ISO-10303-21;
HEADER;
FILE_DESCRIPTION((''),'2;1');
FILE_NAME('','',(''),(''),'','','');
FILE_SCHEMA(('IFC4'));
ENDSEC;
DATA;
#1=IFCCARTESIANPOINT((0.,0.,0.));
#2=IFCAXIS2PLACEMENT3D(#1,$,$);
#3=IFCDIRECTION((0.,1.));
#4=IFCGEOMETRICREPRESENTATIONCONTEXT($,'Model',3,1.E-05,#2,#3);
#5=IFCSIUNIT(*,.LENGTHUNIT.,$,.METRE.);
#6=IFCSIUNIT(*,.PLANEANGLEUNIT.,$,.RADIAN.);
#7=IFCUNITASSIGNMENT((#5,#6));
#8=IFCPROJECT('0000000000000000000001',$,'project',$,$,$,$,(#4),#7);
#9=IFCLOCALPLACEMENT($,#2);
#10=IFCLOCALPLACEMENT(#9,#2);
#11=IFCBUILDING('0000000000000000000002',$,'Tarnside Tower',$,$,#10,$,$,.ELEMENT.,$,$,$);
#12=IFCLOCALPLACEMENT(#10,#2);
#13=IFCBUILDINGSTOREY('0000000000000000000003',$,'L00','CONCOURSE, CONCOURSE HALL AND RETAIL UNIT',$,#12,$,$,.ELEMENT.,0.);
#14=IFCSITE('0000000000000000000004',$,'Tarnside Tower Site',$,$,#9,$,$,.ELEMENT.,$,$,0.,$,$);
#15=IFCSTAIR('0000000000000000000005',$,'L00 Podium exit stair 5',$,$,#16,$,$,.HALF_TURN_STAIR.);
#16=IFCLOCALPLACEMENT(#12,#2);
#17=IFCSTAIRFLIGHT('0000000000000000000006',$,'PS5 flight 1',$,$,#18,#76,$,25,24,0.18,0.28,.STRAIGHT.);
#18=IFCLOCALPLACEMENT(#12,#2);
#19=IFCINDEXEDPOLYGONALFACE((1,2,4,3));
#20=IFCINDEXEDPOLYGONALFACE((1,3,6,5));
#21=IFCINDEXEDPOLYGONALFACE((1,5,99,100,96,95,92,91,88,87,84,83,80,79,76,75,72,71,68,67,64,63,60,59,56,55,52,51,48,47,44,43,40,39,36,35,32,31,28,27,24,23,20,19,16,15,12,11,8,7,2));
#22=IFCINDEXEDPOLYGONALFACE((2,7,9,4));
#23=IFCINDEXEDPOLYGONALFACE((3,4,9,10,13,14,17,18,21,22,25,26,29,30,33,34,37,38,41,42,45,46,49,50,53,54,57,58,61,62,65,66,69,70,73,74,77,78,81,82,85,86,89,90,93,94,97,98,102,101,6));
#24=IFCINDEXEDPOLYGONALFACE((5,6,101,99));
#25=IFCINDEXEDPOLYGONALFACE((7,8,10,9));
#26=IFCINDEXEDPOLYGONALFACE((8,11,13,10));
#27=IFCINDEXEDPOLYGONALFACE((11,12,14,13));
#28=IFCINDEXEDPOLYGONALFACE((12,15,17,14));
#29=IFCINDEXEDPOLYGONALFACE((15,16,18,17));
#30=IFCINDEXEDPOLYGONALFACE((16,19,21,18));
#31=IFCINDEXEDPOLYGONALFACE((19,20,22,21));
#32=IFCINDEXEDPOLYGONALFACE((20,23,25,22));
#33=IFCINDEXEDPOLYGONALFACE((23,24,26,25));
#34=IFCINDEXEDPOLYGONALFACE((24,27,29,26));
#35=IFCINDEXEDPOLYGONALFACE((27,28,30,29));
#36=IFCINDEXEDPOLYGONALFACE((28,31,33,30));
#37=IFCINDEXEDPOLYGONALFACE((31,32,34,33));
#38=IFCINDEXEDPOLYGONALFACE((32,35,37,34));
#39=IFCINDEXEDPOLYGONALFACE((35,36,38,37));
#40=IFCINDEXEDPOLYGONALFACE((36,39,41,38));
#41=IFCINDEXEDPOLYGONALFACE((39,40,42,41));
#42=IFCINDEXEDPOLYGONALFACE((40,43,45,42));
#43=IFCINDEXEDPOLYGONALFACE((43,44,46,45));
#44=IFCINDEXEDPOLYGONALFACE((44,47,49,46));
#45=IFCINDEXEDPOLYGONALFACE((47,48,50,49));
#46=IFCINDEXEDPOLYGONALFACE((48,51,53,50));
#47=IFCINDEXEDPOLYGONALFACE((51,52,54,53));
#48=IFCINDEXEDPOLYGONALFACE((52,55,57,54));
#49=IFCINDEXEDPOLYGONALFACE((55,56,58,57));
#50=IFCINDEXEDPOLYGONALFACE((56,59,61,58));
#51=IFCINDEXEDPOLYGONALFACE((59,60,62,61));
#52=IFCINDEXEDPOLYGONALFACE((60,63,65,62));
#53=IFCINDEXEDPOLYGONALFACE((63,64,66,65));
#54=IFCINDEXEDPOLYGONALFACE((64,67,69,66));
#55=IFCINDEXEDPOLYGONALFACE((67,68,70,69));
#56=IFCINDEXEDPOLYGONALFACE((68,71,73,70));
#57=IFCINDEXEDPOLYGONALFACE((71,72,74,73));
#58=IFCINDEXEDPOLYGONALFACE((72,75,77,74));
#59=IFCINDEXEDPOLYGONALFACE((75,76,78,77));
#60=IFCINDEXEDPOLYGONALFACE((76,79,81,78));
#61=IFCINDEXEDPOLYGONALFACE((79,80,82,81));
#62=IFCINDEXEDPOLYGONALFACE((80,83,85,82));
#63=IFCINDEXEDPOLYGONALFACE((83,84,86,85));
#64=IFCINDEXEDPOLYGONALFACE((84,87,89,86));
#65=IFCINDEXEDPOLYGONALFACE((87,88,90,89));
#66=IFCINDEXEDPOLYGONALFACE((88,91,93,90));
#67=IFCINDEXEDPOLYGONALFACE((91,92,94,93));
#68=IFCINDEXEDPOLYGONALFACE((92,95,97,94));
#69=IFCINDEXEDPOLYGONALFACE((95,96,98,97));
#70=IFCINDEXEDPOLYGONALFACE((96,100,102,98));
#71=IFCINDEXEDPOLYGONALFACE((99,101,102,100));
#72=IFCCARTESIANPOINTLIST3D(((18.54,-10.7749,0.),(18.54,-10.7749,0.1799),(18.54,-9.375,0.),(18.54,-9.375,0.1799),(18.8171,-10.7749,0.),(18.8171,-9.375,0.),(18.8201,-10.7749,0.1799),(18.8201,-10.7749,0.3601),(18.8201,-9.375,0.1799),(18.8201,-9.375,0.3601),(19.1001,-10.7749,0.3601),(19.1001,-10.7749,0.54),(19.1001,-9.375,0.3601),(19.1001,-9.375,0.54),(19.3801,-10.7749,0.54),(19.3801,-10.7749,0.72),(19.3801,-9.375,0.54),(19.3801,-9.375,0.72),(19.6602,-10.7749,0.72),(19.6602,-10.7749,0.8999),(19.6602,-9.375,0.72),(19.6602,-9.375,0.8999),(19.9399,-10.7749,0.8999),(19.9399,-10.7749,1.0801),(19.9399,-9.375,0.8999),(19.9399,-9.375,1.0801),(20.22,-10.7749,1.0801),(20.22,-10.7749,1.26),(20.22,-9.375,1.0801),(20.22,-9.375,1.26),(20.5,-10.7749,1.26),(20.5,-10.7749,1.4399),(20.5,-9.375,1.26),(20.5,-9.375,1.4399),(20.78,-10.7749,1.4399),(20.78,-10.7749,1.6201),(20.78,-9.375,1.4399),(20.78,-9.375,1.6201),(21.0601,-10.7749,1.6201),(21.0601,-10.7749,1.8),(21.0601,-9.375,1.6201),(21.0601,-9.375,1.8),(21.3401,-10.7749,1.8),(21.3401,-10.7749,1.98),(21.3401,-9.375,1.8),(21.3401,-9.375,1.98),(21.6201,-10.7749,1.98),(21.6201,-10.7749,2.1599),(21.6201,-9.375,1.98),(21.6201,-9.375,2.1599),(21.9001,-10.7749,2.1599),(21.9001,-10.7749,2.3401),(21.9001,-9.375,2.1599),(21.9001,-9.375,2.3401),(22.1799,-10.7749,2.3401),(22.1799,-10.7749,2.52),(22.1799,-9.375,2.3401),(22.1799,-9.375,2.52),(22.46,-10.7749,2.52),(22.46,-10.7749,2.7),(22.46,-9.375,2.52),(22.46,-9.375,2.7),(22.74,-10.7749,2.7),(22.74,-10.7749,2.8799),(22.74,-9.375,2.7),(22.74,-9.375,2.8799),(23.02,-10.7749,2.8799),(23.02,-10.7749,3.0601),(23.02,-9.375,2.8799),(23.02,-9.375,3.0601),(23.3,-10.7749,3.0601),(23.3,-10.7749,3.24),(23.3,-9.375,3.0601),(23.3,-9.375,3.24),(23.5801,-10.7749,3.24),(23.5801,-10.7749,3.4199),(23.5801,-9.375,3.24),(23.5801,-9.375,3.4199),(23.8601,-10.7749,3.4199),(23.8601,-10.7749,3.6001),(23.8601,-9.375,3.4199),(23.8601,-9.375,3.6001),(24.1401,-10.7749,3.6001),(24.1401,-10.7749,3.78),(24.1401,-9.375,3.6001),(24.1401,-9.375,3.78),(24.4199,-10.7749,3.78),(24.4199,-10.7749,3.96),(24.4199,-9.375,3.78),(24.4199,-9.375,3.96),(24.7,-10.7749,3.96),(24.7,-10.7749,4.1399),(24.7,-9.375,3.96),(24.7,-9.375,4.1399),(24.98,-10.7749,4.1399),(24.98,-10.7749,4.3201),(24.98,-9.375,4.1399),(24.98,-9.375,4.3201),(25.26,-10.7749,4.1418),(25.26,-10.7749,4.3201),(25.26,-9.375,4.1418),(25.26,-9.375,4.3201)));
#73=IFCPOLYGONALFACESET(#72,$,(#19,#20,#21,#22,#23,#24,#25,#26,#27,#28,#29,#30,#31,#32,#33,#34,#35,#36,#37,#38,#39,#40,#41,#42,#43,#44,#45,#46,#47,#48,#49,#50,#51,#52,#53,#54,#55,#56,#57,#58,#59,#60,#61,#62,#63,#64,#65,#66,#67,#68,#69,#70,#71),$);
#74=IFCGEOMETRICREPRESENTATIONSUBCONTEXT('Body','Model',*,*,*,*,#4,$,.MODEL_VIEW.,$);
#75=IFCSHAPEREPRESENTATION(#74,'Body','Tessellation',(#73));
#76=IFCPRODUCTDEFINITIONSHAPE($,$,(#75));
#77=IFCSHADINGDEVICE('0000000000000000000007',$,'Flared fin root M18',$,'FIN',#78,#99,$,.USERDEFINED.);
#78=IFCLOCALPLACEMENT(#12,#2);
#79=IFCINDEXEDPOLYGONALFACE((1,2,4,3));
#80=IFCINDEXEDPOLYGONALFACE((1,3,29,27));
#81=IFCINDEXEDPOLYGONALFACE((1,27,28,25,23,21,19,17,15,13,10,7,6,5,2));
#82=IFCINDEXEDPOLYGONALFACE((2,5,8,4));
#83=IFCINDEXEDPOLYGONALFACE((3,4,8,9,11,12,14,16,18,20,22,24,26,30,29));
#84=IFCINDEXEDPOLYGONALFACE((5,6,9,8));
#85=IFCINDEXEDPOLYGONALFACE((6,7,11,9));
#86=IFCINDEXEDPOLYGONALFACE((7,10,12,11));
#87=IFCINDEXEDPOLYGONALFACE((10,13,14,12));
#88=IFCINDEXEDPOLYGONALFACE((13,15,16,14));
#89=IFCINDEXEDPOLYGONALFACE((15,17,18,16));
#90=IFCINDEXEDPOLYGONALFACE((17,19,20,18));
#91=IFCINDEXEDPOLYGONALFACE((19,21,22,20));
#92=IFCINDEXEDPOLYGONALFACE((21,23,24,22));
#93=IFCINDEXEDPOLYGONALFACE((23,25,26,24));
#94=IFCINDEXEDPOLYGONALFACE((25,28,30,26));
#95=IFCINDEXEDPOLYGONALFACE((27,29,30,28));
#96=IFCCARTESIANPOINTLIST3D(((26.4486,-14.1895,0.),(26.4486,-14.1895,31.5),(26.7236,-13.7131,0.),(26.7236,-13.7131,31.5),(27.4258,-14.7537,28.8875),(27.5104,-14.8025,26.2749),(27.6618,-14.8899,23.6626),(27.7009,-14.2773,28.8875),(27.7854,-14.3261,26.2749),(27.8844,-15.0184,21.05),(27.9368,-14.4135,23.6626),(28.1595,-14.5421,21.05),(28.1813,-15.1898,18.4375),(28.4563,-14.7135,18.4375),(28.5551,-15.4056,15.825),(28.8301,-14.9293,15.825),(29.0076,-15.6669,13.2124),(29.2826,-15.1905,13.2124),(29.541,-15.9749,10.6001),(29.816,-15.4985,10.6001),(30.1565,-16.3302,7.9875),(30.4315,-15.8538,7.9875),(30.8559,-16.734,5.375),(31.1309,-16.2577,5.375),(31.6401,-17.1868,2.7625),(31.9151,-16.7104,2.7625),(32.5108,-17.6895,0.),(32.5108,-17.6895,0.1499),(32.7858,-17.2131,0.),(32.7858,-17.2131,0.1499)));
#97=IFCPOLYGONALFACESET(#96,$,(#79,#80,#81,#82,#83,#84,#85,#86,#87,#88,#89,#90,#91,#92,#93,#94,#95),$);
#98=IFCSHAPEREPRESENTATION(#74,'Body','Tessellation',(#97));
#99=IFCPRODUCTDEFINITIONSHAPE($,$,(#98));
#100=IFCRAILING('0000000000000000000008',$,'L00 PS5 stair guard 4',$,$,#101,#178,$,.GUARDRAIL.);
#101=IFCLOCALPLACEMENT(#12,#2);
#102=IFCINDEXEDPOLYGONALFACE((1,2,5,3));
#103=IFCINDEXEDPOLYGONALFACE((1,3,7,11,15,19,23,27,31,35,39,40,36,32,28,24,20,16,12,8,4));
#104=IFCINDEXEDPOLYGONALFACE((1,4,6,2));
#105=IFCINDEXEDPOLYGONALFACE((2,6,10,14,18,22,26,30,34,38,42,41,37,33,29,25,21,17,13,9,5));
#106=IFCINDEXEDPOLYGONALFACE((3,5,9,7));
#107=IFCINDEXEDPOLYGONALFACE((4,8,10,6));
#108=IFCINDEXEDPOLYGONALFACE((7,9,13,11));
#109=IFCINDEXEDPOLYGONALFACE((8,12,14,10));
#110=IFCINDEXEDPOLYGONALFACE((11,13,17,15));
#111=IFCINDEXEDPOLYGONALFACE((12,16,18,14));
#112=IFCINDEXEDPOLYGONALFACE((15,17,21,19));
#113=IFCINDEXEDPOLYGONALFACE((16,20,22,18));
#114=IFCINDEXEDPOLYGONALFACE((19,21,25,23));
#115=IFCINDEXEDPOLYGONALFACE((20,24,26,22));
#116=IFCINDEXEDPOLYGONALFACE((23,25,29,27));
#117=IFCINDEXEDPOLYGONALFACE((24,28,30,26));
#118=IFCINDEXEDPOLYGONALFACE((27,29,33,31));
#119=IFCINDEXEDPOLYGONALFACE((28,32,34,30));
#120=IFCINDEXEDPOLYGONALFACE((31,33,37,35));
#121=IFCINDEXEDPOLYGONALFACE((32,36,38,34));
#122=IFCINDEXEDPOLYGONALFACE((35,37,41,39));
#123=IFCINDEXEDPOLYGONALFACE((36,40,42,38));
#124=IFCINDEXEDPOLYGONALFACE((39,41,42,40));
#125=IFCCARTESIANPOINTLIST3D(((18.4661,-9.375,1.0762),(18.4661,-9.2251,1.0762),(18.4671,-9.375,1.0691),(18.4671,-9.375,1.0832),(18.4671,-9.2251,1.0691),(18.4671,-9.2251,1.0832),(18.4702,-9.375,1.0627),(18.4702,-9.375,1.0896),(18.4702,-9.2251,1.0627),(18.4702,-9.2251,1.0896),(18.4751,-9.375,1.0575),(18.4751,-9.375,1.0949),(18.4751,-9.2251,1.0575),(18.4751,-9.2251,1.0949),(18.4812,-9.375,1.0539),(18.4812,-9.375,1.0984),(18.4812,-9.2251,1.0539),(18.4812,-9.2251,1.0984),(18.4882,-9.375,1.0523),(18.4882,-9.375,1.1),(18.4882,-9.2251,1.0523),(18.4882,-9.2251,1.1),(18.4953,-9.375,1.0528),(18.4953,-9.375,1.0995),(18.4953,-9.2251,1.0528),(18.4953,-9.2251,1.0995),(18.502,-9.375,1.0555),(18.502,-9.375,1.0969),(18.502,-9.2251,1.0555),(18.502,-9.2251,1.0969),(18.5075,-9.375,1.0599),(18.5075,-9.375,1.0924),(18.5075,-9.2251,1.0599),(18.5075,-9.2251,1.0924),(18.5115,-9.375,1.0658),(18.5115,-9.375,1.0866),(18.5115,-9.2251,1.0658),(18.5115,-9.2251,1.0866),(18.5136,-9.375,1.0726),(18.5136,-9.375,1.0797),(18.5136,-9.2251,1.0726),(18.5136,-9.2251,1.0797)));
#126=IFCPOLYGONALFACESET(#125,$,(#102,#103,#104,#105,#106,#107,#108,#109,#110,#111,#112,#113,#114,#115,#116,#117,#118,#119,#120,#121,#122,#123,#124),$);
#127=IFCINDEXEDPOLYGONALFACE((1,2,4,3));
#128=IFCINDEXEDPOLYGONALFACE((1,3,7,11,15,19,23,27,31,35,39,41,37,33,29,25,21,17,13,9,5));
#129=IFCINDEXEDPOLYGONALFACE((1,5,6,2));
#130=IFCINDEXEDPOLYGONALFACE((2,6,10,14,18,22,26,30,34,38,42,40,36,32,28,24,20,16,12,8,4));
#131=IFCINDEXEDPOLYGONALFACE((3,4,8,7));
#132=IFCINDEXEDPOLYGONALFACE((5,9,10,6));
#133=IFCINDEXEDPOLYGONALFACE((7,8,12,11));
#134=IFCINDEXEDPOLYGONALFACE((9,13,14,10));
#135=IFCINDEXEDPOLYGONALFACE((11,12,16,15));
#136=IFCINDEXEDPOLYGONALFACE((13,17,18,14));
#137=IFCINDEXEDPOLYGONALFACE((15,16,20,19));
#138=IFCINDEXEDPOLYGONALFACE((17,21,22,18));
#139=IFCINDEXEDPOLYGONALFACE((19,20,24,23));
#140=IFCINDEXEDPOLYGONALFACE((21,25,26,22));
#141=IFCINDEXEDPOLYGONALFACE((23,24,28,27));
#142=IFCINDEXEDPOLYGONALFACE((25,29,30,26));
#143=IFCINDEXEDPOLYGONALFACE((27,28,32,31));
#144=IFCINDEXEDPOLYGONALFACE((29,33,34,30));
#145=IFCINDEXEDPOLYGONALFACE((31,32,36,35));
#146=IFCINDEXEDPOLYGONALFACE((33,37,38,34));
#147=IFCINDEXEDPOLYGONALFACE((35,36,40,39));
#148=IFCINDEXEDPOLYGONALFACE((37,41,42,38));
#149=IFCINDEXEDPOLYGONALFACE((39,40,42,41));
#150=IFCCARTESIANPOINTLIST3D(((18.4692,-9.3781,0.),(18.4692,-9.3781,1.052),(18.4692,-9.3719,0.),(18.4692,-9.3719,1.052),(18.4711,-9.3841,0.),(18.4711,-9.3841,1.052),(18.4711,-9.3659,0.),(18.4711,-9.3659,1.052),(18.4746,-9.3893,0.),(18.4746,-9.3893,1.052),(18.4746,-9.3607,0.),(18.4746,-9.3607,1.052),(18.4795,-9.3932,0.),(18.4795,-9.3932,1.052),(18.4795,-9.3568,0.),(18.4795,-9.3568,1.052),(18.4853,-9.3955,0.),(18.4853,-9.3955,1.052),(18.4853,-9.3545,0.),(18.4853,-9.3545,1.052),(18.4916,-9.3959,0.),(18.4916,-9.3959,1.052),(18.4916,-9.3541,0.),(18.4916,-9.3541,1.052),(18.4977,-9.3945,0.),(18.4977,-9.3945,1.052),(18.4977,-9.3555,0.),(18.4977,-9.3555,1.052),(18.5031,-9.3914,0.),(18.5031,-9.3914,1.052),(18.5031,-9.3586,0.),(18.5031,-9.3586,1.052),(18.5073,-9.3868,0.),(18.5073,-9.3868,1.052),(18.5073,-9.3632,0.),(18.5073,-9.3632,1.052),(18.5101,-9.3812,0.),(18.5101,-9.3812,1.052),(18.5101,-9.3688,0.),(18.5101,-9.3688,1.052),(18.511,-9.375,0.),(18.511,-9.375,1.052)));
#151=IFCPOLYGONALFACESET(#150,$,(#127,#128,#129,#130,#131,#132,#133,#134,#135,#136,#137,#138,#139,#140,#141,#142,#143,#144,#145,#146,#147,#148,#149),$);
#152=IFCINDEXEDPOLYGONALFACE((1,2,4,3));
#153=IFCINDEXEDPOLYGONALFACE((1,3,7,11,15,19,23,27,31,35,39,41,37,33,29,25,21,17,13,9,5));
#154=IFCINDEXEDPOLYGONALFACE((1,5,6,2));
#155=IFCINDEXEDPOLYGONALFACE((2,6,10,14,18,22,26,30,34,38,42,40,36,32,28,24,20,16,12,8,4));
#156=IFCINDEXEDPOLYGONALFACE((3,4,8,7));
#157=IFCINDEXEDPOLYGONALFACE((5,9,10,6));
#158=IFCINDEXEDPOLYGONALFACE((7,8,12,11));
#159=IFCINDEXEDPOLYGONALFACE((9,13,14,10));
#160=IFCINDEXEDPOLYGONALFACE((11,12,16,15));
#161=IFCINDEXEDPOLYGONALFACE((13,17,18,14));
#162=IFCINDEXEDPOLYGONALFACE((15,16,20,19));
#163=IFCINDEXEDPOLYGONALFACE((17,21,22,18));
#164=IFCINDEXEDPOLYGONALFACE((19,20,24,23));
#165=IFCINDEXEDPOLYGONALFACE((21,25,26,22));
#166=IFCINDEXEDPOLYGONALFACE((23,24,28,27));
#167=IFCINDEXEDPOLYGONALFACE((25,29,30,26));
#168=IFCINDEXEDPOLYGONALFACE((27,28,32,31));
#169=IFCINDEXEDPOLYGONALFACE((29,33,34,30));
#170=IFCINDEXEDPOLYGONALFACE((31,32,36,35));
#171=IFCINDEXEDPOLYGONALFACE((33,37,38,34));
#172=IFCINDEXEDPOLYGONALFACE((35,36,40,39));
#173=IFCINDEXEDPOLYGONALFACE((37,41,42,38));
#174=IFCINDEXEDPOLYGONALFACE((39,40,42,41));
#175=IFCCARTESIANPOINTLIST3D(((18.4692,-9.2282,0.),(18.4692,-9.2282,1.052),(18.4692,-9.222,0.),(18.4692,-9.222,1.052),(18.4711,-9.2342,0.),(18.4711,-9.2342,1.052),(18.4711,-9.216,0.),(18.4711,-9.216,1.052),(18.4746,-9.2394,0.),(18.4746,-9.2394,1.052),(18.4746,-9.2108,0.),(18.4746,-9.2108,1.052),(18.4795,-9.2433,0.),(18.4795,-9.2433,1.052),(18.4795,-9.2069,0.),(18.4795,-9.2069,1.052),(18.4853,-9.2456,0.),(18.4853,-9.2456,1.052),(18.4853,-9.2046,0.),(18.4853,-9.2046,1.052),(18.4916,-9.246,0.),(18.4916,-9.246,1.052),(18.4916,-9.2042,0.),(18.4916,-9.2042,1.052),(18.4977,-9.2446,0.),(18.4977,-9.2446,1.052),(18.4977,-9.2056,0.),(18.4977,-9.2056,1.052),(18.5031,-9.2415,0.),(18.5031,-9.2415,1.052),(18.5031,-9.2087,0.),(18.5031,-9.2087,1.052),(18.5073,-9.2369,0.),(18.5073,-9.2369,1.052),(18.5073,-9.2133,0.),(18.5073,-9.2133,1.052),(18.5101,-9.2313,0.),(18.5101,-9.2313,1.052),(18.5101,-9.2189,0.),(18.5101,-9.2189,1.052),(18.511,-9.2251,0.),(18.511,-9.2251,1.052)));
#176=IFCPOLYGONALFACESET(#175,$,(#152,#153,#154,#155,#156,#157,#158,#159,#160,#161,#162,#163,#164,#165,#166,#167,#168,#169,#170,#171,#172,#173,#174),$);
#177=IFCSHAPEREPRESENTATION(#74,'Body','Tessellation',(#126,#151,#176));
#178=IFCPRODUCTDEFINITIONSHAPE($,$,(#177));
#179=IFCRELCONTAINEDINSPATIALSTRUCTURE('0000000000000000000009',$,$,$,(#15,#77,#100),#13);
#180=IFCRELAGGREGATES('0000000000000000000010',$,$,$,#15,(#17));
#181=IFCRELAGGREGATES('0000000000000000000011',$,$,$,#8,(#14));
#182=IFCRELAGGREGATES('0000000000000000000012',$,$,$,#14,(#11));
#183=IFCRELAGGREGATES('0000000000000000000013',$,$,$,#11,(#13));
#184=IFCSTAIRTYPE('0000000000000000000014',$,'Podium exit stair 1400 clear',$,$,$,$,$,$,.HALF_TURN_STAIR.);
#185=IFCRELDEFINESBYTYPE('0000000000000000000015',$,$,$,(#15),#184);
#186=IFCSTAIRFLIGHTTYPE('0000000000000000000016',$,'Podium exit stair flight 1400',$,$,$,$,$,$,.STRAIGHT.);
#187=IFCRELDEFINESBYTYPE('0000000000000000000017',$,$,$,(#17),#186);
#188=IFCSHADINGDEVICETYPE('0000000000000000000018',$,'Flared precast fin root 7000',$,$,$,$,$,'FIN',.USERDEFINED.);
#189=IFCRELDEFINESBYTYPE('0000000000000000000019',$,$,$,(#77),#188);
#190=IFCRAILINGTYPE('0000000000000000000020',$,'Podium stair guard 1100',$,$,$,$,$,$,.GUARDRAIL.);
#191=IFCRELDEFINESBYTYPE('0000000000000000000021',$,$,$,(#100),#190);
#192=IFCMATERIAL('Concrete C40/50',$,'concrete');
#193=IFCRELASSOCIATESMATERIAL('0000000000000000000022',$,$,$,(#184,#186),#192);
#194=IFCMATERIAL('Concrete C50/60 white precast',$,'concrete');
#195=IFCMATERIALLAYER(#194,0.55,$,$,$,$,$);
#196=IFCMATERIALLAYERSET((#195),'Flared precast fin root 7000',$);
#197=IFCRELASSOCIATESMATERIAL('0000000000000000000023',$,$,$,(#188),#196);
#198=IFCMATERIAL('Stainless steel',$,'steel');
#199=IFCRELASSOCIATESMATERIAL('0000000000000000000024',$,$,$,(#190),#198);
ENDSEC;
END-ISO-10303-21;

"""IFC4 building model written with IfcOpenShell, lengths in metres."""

from ifc_helpers import new_model, si_unit, direction, frame, origin, origin_2d, place, context, subcontext, project, spatial, polyline, circle, outline, extrude, material, layer, layer_set, type_object, element, aggregate, save


model = new_model("IFC4")

# Units and contexts
model_context = context("Model", 3, precision=1e-05, world=origin(), true_north=direction((0.0, 1.0)))
body_context = subcontext(model_context, "Body", "Model", "MODEL_VIEW")
ifc_project = project(units=[si_unit("LENGTHUNIT", "METRE"), si_unit("PLANEANGLEUNIT", "RADIAN")], contexts=[model_context])

# Site, building, storey
site_placement = place(None, origin())
site = spatial("IfcSite", under=ifc_project, at=site_placement, Name="Tarnside Tower Site", CompositionType="ELEMENT", RefElevation=0.0)
building_placement = place(site_placement, origin())
building = spatial("IfcBuilding", under=site, at=building_placement, Name="Tarnside Tower", CompositionType="ELEMENT")
storey_placement = place(building_placement, origin())
storey = spatial("IfcBuildingStorey", under=building, at=storey_placement, Name="L00", Description="CONCOURSE, CONCOURSE HALL AND RETAIL UNIT", CompositionType="ELEMENT", Elevation=0.0)

# Shared definitions
ifc_material_1 = material(Name="Concrete C50/60 white precast", Category="concrete")

# Stair, stair flight
ifc_material_2 = material(Name="Concrete C40/50", Category="concrete")
stair_type = type_object("IfcStairType", Name="Podium exit stair 1400 clear", PredefinedType="HALF_TURN_STAIR", material=ifc_material_2)
stair_placement = place(storey_placement, origin())
stair = element("IfcStair", 1, at=stair_placement, inside=storey, type_object=stair_type, Name="L00 Podium exit stair 5", PredefinedType="HALF_TURN_STAIR")
stair_flight_type = type_object("IfcStairFlightType", Name="Podium exit stair flight 1400", PredefinedType="STRAIGHT", material=ifc_material_2)
stair_flight_placement = place(storey_placement, frame((18.54, -10.075, 0.0), z_axis=(0.0, 0.0, 1.0), x_axis=(1.0, 0.0, 0.0)))
stair_flight = element("IfcStairFlight", 2, at=stair_flight_placement, type_object=stair_flight_type, Name="PS5 flight 1", NumberOfRisers=25, NumberOfTreads=24, PredefinedType="STRAIGHT", RiserHeight=0.18, TreadLength=0.28, context=body_context, shape_type="SweptSolid", body=[
    extrude(outline(polyline([(0.0, 0.0), (0.0, 0.1799), (0.28, 0.1799), (0.28, 0.3601), (0.5601, 0.3601), (0.5601, 0.54), (0.8401, 0.54), (0.8401, 0.72), (1.1201, 0.72), (1.1201, 0.8999), (1.3999, 0.8999), (1.3999, 1.0801), (1.6799, 1.0801), (1.6799, 1.26), (1.96, 1.26), (1.96, 1.4399), (2.24, 1.4399), (2.24, 1.6201), (2.52, 1.6201), (2.52, 1.8), (2.8, 1.8), (2.8, 1.98), (3.0801, 1.98), (3.0801, 2.1599), (3.3601, 2.1599), (3.3601, 2.3401), (3.6399, 2.3401), (3.6399, 2.52), (3.9199, 2.52), (3.9199, 2.7), (4.2, 2.7), (4.2, 2.8799), (4.48, 2.8799), (4.48, 3.0601), (4.76, 3.0601), (4.76, 3.24), (5.04, 3.24), (5.04, 3.4199), (5.3201, 3.4199), (5.3201, 3.6001), (5.6001, 3.6001), (5.6001, 3.78), (5.8799, 3.78), (5.8799, 3.96), (6.1599, 3.96), (6.1599, 4.1399), (6.4399, 4.1399), (6.4399, 4.3201), (6.72, 4.3201), (6.72, 4.5), (6.72, 4.1418), (0.2771, 0.0), (0.0, 0.0)])), frame((0.0, 0.7, 0.0), z_axis=(0.0, -1.0, 0.0), x_axis=(1.0, 0.0, 0.0)), (0.0, 0.0, 1.0), 1.3999),
])
aggregate(stair, [stair_flight])

# Shading device
ifc_layer_1 = layer(ifc_material_1, 0.55)
ifc_layer_set_1 = layer_set([ifc_layer_1], Name="Flared precast fin root 7000")
shading_device_type = type_object("IfcShadingDeviceType", Name="Flared precast fin root 7000", ElementType="FIN", PredefinedType="USERDEFINED", material=ifc_layer_set_1)
shading_device_placement = place(storey_placement, frame((26.5862, -13.9512, 0.0), z_axis=(-0.5, -0.866025, 0.0), x_axis=(0.866025, -0.5, 0.0)))
element("IfcShadingDevice", 3, at=shading_device_placement, inside=storey, type_object=shading_device_type, Name="Flared fin root M18", ObjectType="FIN", PredefinedType="USERDEFINED", context=body_context, shape_type="SweptSolid", body=[
    extrude(outline(polyline([(0.0, 0.0), (7.0, 0.0), (7.0, 0.1499), (5.9946, 2.7625), (5.0891, 5.375), (4.2815, 7.9875), (3.5708, 10.6001), (2.9548, 13.2124), (2.4324, 15.825), (2.0007, 18.4375), (1.658, 21.05), (1.4009, 23.6626), (1.2261, 26.2749), (1.1284, 28.8875), (0.0, 31.5), (0.0, 0.0)])), frame((0.0, 0.0, -0.2749)), (0.0, 0.0, 1.0), 0.55),
])

# Railing
ifc_material_3 = material(Name="Stainless steel", Category="steel")
railing_type = type_object("IfcRailingType", Name="Podium stair guard 1100", PredefinedType="GUARDRAIL", material=ifc_material_3)
railing_placement = place(storey_placement, frame((18.49, -9.375, 0.0)))
element("IfcRailing", 4, at=railing_placement, inside=storey, type_object=railing_type, Name="L00 PS5 stair guard 4", PredefinedType="GUARDRAIL", context=body_context, shape_type="SweptSolid", body=[
    extrude(circle(Radius=0.0239, at=origin_2d()), frame((0.0, 0.0, 1.0762), z_axis=(0.0, 1.0, 0.0), x_axis=(-1.0, 0.0, 0.0)), (0.0, 0.0, 1.0), 0.1499),
    extrude(circle(Radius=0.021, at=origin_2d()), origin(), (0.0, 0.0, 1.0), 1.052),
    extrude(circle(Radius=0.021, at=origin_2d()), frame((0.0, 0.1499, 0.0)), (0.0, 0.0, 1.0), 1.052),
])

save(model, "model.ifc")
